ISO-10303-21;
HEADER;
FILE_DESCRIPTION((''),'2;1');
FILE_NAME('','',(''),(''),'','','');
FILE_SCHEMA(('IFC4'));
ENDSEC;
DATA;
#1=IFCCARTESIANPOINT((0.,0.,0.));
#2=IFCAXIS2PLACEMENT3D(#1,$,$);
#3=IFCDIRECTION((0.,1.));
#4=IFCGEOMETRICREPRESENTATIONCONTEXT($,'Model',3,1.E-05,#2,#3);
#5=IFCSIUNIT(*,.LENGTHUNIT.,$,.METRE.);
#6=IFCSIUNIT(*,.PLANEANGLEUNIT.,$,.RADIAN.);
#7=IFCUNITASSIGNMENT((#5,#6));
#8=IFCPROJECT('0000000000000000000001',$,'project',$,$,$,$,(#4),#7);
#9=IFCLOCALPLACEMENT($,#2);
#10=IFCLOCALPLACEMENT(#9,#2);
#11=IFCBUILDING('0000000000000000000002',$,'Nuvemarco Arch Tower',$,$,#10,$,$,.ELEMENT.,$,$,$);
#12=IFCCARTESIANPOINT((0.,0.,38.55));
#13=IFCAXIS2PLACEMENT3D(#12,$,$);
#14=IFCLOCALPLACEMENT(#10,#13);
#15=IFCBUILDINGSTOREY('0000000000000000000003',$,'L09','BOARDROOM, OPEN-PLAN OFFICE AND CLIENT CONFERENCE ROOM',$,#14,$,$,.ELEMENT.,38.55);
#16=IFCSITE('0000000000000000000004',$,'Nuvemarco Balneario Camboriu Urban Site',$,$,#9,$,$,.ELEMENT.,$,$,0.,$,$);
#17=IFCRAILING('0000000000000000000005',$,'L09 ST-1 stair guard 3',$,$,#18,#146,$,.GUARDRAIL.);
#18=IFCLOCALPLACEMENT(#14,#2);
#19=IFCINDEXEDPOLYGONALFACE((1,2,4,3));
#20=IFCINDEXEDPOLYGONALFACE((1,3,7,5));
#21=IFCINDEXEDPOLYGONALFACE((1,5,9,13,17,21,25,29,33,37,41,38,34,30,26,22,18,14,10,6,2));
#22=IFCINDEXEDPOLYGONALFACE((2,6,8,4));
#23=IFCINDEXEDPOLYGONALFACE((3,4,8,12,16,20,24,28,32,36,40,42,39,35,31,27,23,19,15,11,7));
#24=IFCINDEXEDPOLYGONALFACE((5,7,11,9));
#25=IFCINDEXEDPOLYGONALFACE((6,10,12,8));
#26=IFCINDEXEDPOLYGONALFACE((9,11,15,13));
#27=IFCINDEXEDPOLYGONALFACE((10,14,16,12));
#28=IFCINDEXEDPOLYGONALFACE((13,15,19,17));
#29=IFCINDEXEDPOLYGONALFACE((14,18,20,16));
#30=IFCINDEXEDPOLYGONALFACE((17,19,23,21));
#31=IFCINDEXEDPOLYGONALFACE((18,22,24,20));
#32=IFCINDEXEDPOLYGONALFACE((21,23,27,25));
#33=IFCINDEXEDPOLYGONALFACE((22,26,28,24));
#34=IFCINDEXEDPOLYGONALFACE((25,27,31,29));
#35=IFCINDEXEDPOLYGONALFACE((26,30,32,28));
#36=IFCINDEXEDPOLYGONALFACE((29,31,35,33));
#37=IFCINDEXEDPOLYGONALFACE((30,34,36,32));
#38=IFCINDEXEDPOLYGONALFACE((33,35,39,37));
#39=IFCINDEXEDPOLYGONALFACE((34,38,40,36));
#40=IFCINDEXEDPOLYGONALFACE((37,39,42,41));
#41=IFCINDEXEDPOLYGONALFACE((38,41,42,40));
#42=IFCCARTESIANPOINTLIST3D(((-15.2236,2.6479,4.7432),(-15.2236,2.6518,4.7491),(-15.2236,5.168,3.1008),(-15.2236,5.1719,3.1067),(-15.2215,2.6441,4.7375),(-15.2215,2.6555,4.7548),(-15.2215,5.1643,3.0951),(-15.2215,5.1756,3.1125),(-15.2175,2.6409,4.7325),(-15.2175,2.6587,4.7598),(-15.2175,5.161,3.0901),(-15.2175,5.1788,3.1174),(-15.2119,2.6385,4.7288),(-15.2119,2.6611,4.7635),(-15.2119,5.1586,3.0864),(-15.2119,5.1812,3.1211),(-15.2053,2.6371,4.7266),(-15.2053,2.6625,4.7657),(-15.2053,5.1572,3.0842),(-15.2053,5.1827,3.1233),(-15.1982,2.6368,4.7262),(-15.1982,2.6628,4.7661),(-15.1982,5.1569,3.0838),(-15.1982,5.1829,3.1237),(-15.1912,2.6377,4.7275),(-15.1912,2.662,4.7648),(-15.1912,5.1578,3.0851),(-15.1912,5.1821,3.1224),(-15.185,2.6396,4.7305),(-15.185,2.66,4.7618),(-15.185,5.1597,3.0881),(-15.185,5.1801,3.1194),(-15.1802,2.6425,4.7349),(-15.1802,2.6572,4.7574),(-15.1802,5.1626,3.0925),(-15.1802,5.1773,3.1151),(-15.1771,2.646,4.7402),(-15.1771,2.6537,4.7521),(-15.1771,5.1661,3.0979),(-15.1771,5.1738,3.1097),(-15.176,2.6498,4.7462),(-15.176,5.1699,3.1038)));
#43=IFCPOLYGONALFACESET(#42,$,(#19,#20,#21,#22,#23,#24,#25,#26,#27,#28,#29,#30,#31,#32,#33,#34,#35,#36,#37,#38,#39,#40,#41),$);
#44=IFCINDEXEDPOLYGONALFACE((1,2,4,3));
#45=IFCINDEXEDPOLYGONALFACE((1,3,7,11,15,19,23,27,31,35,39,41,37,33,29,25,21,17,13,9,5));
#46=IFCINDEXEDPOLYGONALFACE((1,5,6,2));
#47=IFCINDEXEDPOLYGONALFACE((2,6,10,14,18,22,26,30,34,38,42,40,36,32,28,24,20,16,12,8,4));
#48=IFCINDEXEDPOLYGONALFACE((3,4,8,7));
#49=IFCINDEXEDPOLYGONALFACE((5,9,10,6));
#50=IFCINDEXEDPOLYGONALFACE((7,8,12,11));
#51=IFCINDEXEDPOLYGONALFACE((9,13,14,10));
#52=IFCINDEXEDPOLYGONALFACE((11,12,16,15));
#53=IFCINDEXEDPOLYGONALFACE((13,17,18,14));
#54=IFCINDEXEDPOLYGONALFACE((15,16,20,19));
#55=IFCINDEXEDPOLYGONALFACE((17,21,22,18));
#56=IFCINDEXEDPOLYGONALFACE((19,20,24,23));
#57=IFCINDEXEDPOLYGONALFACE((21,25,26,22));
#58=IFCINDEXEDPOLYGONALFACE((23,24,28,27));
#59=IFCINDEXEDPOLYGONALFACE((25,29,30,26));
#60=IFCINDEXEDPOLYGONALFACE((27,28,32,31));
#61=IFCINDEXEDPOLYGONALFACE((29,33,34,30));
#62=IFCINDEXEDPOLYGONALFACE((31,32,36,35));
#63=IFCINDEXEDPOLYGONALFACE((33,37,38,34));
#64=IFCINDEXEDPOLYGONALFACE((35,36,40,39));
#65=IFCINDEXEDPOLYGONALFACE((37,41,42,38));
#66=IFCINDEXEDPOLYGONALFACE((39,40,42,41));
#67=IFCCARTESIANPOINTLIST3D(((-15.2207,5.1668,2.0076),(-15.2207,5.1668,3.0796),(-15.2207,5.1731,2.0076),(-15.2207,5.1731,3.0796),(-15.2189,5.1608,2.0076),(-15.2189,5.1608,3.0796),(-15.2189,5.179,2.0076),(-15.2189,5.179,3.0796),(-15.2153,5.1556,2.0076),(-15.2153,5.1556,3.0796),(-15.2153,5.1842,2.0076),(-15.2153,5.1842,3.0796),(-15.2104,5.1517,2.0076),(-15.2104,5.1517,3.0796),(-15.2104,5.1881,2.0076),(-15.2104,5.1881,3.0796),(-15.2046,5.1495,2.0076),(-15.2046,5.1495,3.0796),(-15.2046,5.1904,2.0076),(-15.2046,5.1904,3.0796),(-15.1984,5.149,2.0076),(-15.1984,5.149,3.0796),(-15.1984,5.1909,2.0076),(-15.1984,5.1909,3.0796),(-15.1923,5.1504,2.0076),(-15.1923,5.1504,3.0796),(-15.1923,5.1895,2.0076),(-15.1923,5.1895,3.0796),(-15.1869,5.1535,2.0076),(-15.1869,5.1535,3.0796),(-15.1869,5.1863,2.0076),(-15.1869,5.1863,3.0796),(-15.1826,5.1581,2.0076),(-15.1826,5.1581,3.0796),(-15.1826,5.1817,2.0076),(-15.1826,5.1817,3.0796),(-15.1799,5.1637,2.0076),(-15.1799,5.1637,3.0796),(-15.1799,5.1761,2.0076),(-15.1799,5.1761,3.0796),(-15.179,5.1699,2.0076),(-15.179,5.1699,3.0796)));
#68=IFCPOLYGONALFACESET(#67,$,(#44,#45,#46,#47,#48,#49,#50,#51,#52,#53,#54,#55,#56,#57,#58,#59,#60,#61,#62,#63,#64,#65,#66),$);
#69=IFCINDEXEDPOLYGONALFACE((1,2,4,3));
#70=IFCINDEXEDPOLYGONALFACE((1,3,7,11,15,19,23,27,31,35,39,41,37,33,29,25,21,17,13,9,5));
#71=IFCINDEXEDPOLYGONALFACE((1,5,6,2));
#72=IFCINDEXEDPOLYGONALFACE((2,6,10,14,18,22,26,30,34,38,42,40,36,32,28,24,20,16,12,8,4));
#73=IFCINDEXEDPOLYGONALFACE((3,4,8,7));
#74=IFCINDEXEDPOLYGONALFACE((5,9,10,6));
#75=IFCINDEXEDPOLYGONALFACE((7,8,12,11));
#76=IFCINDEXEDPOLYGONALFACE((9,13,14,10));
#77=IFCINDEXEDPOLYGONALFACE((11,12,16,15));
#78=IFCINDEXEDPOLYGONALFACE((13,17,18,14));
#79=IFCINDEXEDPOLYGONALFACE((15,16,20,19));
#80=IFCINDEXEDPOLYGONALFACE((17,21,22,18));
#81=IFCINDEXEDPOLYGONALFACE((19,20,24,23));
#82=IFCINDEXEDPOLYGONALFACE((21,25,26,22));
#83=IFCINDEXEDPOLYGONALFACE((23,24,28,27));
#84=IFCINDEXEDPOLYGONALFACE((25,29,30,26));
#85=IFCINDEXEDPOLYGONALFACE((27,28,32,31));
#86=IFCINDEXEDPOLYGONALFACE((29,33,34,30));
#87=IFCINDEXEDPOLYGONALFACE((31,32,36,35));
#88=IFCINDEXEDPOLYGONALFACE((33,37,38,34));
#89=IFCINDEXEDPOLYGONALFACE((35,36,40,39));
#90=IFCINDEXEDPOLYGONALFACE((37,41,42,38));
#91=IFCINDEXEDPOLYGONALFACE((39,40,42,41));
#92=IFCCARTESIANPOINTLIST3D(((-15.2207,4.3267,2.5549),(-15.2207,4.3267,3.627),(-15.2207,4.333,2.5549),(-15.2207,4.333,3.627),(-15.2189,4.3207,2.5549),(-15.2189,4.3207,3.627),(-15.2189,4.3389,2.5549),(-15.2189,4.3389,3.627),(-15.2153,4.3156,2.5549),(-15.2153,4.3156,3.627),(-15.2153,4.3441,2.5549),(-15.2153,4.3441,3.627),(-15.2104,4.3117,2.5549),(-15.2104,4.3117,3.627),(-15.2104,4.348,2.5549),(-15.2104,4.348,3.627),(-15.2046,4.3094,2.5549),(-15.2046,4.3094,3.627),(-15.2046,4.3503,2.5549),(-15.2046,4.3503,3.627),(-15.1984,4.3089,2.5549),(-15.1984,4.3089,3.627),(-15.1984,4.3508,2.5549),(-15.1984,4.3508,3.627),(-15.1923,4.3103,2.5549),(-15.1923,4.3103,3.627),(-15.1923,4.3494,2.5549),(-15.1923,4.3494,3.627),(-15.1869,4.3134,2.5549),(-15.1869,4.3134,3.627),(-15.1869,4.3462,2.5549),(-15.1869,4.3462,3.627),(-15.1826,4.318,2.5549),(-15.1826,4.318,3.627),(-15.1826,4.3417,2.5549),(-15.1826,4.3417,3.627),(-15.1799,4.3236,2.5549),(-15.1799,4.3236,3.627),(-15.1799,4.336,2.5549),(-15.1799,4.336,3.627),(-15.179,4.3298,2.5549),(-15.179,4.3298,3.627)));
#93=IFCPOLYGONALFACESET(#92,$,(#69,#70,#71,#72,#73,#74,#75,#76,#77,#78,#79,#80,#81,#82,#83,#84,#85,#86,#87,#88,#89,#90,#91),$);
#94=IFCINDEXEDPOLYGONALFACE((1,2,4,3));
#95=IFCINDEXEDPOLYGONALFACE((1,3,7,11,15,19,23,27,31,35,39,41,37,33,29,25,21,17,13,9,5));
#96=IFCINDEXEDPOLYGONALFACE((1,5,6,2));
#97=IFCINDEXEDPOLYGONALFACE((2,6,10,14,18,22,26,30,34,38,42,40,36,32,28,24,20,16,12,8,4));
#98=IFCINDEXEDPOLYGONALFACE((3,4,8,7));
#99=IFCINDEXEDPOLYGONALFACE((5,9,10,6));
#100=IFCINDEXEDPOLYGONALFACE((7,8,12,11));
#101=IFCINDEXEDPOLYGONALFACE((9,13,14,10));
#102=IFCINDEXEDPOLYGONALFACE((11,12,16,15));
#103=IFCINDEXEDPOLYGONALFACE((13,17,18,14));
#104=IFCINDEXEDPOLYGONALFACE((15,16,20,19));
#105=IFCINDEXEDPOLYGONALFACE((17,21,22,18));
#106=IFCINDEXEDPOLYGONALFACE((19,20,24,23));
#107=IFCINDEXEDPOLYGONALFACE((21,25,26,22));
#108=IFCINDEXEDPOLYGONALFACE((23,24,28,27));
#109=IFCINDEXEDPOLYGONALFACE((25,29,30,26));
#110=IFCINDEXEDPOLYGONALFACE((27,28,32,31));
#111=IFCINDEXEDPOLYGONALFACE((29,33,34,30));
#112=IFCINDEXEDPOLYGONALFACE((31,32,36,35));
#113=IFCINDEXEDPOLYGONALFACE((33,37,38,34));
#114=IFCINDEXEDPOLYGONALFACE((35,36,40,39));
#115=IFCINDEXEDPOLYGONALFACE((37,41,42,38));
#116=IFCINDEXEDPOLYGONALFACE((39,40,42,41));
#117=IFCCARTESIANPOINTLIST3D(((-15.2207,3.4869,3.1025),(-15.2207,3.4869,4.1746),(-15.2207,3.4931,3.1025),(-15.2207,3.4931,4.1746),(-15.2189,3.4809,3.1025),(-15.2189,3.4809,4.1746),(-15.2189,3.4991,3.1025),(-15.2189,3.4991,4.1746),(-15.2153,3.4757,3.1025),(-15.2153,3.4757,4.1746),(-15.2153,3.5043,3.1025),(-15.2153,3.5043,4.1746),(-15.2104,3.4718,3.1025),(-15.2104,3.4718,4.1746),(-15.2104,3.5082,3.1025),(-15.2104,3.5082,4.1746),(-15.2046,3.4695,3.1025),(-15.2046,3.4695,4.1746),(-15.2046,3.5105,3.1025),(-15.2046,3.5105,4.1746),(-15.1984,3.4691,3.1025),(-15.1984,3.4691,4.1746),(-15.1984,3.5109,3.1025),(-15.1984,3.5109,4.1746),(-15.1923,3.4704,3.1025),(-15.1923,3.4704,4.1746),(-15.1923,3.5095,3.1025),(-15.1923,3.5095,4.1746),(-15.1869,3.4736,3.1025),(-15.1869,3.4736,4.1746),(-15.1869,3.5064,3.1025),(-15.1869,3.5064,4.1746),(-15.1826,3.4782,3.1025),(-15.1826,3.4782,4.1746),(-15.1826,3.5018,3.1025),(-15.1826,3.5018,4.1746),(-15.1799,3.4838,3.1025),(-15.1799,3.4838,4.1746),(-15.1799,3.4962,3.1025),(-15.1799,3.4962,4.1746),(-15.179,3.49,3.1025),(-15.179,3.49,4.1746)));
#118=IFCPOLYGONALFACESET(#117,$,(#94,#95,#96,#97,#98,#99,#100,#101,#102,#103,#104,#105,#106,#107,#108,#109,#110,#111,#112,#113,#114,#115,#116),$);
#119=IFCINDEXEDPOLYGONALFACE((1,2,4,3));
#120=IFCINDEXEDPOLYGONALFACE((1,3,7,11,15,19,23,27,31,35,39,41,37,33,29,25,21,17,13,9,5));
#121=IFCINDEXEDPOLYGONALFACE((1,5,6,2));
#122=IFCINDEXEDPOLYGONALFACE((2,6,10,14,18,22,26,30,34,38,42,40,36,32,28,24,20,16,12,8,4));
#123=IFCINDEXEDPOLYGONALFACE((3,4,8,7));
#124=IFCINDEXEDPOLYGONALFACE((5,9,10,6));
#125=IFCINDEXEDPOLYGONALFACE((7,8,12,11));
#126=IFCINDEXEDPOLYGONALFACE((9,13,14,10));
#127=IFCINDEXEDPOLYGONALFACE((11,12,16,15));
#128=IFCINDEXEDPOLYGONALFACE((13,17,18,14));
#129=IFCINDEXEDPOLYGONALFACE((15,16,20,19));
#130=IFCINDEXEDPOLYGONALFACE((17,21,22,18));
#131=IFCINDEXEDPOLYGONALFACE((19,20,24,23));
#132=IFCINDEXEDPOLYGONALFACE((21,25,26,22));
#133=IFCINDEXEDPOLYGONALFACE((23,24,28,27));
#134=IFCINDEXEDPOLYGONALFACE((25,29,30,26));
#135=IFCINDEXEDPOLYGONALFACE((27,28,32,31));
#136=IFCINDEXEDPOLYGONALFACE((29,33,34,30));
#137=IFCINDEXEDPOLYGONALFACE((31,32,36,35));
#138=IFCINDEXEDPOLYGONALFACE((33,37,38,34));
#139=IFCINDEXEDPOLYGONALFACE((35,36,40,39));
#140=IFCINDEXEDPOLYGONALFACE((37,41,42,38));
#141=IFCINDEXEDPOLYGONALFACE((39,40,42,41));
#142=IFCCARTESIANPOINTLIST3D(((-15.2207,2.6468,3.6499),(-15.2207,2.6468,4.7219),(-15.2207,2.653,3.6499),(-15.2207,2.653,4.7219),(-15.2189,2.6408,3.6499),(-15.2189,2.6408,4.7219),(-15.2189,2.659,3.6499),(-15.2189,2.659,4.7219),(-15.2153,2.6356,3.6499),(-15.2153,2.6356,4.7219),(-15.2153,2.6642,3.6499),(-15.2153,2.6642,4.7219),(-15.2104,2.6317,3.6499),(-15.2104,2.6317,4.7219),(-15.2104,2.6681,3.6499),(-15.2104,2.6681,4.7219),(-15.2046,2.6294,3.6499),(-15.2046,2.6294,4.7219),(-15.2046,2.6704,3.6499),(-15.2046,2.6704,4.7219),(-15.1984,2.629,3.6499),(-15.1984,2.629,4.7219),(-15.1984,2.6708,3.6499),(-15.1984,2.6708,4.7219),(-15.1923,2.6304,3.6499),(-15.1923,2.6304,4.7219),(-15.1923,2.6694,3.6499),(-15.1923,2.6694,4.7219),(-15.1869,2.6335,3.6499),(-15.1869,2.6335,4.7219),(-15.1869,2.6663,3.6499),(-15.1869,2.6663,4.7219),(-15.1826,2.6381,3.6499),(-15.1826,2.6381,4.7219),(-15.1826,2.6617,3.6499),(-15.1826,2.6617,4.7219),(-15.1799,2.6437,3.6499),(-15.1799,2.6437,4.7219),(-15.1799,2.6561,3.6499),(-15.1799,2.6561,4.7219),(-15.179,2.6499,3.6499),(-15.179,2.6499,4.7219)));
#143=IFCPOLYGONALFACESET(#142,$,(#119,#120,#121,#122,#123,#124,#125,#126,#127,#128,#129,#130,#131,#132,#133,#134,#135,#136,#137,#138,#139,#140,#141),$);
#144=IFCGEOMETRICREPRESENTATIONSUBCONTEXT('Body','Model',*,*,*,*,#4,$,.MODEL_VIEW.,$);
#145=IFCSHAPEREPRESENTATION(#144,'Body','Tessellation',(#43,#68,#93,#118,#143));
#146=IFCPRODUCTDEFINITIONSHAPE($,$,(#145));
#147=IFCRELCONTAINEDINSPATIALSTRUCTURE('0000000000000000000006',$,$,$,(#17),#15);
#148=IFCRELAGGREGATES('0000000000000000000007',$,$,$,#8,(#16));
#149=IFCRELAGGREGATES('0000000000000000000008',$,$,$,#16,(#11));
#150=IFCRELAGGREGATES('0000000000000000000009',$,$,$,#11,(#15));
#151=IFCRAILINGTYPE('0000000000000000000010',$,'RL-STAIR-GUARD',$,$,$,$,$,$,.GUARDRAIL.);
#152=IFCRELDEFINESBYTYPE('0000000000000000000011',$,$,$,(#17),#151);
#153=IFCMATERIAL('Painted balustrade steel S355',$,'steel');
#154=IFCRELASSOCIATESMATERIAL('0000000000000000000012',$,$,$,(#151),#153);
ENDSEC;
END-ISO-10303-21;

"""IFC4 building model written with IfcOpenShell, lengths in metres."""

from ifc_helpers import new_model, si_unit, direction, frame, origin, origin_2d, place, context, subcontext, project, spatial, circle, extrude, material, type_object, element, save


model = new_model("IFC4")

# Units and contexts
model_context = context("Model", 3, precision=1e-05, world=origin(), true_north=direction((0.0, 1.0)))
body_context = subcontext(model_context, "Body", "Model", "MODEL_VIEW")
ifc_project = project(units=[si_unit("LENGTHUNIT", "METRE"), si_unit("PLANEANGLEUNIT", "RADIAN")], contexts=[model_context])

# Site, building, storey
site_placement = place(None, origin())
site = spatial("IfcSite", under=ifc_project, at=site_placement, Name="Nuvemarco Balneario Camboriu Urban Site", CompositionType="ELEMENT", RefElevation=0.0)
building_placement = place(site_placement, origin())
building = spatial("IfcBuilding", under=site, at=building_placement, Name="Nuvemarco Arch Tower", CompositionType="ELEMENT")
storey_placement = place(building_placement, frame((0.0, 0.0, 38.55)))
storey = spatial("IfcBuildingStorey", under=building, at=storey_placement, Name="L09", Description="BOARDROOM, OPEN-PLAN OFFICE AND CLIENT CONFERENCE ROOM", CompositionType="ELEMENT", Elevation=38.55)

# Railing
ifc_material_1 = material(Name="Painted balustrade steel S355", Category="steel")
railing_type_1 = type_object("IfcRailingType", Name="RL-STAIR-GUARD", PredefinedType="GUARDRAIL", material=ifc_material_1)
railing_1_placement = place(storey_placement, frame((-15.2, 5.1699, 2.0076)))
element("IfcRailing", 1, at=railing_1_placement, inside=storey, type_object=railing_type_1, Name="L09 ST-1 stair guard 3", PredefinedType="GUARDRAIL", context=body_context, shape_type="SweptSolid", body=[
    extrude(circle(Radius=0.0239, at=origin_2d()), frame((0.0, 0.0, 1.0962), z_axis=(0.0, -0.837787, 0.545998), x_axis=(1.0, 0.0, 0.0)), (0.0, 0.0, 1.0), 3.0081),
    extrude(circle(Radius=0.021, at=origin_2d()), origin(), (0.0, 0.0, 1.0), 1.072),
    extrude(circle(Radius=0.021, at=origin_2d()), frame((0.0, -0.8401, 0.5474)), (0.0, 0.0, 1.0), 1.072),
    extrude(circle(Radius=0.021, at=origin_2d()), frame((0.0, -1.6799, 1.095)), (0.0, 0.0, 1.0), 1.072),
    extrude(circle(Radius=0.021, at=origin_2d()), frame((0.0, -2.52, 1.6423)), (0.0, 0.0, 1.0), 1.072),
])

save(model, "model.ifc")
